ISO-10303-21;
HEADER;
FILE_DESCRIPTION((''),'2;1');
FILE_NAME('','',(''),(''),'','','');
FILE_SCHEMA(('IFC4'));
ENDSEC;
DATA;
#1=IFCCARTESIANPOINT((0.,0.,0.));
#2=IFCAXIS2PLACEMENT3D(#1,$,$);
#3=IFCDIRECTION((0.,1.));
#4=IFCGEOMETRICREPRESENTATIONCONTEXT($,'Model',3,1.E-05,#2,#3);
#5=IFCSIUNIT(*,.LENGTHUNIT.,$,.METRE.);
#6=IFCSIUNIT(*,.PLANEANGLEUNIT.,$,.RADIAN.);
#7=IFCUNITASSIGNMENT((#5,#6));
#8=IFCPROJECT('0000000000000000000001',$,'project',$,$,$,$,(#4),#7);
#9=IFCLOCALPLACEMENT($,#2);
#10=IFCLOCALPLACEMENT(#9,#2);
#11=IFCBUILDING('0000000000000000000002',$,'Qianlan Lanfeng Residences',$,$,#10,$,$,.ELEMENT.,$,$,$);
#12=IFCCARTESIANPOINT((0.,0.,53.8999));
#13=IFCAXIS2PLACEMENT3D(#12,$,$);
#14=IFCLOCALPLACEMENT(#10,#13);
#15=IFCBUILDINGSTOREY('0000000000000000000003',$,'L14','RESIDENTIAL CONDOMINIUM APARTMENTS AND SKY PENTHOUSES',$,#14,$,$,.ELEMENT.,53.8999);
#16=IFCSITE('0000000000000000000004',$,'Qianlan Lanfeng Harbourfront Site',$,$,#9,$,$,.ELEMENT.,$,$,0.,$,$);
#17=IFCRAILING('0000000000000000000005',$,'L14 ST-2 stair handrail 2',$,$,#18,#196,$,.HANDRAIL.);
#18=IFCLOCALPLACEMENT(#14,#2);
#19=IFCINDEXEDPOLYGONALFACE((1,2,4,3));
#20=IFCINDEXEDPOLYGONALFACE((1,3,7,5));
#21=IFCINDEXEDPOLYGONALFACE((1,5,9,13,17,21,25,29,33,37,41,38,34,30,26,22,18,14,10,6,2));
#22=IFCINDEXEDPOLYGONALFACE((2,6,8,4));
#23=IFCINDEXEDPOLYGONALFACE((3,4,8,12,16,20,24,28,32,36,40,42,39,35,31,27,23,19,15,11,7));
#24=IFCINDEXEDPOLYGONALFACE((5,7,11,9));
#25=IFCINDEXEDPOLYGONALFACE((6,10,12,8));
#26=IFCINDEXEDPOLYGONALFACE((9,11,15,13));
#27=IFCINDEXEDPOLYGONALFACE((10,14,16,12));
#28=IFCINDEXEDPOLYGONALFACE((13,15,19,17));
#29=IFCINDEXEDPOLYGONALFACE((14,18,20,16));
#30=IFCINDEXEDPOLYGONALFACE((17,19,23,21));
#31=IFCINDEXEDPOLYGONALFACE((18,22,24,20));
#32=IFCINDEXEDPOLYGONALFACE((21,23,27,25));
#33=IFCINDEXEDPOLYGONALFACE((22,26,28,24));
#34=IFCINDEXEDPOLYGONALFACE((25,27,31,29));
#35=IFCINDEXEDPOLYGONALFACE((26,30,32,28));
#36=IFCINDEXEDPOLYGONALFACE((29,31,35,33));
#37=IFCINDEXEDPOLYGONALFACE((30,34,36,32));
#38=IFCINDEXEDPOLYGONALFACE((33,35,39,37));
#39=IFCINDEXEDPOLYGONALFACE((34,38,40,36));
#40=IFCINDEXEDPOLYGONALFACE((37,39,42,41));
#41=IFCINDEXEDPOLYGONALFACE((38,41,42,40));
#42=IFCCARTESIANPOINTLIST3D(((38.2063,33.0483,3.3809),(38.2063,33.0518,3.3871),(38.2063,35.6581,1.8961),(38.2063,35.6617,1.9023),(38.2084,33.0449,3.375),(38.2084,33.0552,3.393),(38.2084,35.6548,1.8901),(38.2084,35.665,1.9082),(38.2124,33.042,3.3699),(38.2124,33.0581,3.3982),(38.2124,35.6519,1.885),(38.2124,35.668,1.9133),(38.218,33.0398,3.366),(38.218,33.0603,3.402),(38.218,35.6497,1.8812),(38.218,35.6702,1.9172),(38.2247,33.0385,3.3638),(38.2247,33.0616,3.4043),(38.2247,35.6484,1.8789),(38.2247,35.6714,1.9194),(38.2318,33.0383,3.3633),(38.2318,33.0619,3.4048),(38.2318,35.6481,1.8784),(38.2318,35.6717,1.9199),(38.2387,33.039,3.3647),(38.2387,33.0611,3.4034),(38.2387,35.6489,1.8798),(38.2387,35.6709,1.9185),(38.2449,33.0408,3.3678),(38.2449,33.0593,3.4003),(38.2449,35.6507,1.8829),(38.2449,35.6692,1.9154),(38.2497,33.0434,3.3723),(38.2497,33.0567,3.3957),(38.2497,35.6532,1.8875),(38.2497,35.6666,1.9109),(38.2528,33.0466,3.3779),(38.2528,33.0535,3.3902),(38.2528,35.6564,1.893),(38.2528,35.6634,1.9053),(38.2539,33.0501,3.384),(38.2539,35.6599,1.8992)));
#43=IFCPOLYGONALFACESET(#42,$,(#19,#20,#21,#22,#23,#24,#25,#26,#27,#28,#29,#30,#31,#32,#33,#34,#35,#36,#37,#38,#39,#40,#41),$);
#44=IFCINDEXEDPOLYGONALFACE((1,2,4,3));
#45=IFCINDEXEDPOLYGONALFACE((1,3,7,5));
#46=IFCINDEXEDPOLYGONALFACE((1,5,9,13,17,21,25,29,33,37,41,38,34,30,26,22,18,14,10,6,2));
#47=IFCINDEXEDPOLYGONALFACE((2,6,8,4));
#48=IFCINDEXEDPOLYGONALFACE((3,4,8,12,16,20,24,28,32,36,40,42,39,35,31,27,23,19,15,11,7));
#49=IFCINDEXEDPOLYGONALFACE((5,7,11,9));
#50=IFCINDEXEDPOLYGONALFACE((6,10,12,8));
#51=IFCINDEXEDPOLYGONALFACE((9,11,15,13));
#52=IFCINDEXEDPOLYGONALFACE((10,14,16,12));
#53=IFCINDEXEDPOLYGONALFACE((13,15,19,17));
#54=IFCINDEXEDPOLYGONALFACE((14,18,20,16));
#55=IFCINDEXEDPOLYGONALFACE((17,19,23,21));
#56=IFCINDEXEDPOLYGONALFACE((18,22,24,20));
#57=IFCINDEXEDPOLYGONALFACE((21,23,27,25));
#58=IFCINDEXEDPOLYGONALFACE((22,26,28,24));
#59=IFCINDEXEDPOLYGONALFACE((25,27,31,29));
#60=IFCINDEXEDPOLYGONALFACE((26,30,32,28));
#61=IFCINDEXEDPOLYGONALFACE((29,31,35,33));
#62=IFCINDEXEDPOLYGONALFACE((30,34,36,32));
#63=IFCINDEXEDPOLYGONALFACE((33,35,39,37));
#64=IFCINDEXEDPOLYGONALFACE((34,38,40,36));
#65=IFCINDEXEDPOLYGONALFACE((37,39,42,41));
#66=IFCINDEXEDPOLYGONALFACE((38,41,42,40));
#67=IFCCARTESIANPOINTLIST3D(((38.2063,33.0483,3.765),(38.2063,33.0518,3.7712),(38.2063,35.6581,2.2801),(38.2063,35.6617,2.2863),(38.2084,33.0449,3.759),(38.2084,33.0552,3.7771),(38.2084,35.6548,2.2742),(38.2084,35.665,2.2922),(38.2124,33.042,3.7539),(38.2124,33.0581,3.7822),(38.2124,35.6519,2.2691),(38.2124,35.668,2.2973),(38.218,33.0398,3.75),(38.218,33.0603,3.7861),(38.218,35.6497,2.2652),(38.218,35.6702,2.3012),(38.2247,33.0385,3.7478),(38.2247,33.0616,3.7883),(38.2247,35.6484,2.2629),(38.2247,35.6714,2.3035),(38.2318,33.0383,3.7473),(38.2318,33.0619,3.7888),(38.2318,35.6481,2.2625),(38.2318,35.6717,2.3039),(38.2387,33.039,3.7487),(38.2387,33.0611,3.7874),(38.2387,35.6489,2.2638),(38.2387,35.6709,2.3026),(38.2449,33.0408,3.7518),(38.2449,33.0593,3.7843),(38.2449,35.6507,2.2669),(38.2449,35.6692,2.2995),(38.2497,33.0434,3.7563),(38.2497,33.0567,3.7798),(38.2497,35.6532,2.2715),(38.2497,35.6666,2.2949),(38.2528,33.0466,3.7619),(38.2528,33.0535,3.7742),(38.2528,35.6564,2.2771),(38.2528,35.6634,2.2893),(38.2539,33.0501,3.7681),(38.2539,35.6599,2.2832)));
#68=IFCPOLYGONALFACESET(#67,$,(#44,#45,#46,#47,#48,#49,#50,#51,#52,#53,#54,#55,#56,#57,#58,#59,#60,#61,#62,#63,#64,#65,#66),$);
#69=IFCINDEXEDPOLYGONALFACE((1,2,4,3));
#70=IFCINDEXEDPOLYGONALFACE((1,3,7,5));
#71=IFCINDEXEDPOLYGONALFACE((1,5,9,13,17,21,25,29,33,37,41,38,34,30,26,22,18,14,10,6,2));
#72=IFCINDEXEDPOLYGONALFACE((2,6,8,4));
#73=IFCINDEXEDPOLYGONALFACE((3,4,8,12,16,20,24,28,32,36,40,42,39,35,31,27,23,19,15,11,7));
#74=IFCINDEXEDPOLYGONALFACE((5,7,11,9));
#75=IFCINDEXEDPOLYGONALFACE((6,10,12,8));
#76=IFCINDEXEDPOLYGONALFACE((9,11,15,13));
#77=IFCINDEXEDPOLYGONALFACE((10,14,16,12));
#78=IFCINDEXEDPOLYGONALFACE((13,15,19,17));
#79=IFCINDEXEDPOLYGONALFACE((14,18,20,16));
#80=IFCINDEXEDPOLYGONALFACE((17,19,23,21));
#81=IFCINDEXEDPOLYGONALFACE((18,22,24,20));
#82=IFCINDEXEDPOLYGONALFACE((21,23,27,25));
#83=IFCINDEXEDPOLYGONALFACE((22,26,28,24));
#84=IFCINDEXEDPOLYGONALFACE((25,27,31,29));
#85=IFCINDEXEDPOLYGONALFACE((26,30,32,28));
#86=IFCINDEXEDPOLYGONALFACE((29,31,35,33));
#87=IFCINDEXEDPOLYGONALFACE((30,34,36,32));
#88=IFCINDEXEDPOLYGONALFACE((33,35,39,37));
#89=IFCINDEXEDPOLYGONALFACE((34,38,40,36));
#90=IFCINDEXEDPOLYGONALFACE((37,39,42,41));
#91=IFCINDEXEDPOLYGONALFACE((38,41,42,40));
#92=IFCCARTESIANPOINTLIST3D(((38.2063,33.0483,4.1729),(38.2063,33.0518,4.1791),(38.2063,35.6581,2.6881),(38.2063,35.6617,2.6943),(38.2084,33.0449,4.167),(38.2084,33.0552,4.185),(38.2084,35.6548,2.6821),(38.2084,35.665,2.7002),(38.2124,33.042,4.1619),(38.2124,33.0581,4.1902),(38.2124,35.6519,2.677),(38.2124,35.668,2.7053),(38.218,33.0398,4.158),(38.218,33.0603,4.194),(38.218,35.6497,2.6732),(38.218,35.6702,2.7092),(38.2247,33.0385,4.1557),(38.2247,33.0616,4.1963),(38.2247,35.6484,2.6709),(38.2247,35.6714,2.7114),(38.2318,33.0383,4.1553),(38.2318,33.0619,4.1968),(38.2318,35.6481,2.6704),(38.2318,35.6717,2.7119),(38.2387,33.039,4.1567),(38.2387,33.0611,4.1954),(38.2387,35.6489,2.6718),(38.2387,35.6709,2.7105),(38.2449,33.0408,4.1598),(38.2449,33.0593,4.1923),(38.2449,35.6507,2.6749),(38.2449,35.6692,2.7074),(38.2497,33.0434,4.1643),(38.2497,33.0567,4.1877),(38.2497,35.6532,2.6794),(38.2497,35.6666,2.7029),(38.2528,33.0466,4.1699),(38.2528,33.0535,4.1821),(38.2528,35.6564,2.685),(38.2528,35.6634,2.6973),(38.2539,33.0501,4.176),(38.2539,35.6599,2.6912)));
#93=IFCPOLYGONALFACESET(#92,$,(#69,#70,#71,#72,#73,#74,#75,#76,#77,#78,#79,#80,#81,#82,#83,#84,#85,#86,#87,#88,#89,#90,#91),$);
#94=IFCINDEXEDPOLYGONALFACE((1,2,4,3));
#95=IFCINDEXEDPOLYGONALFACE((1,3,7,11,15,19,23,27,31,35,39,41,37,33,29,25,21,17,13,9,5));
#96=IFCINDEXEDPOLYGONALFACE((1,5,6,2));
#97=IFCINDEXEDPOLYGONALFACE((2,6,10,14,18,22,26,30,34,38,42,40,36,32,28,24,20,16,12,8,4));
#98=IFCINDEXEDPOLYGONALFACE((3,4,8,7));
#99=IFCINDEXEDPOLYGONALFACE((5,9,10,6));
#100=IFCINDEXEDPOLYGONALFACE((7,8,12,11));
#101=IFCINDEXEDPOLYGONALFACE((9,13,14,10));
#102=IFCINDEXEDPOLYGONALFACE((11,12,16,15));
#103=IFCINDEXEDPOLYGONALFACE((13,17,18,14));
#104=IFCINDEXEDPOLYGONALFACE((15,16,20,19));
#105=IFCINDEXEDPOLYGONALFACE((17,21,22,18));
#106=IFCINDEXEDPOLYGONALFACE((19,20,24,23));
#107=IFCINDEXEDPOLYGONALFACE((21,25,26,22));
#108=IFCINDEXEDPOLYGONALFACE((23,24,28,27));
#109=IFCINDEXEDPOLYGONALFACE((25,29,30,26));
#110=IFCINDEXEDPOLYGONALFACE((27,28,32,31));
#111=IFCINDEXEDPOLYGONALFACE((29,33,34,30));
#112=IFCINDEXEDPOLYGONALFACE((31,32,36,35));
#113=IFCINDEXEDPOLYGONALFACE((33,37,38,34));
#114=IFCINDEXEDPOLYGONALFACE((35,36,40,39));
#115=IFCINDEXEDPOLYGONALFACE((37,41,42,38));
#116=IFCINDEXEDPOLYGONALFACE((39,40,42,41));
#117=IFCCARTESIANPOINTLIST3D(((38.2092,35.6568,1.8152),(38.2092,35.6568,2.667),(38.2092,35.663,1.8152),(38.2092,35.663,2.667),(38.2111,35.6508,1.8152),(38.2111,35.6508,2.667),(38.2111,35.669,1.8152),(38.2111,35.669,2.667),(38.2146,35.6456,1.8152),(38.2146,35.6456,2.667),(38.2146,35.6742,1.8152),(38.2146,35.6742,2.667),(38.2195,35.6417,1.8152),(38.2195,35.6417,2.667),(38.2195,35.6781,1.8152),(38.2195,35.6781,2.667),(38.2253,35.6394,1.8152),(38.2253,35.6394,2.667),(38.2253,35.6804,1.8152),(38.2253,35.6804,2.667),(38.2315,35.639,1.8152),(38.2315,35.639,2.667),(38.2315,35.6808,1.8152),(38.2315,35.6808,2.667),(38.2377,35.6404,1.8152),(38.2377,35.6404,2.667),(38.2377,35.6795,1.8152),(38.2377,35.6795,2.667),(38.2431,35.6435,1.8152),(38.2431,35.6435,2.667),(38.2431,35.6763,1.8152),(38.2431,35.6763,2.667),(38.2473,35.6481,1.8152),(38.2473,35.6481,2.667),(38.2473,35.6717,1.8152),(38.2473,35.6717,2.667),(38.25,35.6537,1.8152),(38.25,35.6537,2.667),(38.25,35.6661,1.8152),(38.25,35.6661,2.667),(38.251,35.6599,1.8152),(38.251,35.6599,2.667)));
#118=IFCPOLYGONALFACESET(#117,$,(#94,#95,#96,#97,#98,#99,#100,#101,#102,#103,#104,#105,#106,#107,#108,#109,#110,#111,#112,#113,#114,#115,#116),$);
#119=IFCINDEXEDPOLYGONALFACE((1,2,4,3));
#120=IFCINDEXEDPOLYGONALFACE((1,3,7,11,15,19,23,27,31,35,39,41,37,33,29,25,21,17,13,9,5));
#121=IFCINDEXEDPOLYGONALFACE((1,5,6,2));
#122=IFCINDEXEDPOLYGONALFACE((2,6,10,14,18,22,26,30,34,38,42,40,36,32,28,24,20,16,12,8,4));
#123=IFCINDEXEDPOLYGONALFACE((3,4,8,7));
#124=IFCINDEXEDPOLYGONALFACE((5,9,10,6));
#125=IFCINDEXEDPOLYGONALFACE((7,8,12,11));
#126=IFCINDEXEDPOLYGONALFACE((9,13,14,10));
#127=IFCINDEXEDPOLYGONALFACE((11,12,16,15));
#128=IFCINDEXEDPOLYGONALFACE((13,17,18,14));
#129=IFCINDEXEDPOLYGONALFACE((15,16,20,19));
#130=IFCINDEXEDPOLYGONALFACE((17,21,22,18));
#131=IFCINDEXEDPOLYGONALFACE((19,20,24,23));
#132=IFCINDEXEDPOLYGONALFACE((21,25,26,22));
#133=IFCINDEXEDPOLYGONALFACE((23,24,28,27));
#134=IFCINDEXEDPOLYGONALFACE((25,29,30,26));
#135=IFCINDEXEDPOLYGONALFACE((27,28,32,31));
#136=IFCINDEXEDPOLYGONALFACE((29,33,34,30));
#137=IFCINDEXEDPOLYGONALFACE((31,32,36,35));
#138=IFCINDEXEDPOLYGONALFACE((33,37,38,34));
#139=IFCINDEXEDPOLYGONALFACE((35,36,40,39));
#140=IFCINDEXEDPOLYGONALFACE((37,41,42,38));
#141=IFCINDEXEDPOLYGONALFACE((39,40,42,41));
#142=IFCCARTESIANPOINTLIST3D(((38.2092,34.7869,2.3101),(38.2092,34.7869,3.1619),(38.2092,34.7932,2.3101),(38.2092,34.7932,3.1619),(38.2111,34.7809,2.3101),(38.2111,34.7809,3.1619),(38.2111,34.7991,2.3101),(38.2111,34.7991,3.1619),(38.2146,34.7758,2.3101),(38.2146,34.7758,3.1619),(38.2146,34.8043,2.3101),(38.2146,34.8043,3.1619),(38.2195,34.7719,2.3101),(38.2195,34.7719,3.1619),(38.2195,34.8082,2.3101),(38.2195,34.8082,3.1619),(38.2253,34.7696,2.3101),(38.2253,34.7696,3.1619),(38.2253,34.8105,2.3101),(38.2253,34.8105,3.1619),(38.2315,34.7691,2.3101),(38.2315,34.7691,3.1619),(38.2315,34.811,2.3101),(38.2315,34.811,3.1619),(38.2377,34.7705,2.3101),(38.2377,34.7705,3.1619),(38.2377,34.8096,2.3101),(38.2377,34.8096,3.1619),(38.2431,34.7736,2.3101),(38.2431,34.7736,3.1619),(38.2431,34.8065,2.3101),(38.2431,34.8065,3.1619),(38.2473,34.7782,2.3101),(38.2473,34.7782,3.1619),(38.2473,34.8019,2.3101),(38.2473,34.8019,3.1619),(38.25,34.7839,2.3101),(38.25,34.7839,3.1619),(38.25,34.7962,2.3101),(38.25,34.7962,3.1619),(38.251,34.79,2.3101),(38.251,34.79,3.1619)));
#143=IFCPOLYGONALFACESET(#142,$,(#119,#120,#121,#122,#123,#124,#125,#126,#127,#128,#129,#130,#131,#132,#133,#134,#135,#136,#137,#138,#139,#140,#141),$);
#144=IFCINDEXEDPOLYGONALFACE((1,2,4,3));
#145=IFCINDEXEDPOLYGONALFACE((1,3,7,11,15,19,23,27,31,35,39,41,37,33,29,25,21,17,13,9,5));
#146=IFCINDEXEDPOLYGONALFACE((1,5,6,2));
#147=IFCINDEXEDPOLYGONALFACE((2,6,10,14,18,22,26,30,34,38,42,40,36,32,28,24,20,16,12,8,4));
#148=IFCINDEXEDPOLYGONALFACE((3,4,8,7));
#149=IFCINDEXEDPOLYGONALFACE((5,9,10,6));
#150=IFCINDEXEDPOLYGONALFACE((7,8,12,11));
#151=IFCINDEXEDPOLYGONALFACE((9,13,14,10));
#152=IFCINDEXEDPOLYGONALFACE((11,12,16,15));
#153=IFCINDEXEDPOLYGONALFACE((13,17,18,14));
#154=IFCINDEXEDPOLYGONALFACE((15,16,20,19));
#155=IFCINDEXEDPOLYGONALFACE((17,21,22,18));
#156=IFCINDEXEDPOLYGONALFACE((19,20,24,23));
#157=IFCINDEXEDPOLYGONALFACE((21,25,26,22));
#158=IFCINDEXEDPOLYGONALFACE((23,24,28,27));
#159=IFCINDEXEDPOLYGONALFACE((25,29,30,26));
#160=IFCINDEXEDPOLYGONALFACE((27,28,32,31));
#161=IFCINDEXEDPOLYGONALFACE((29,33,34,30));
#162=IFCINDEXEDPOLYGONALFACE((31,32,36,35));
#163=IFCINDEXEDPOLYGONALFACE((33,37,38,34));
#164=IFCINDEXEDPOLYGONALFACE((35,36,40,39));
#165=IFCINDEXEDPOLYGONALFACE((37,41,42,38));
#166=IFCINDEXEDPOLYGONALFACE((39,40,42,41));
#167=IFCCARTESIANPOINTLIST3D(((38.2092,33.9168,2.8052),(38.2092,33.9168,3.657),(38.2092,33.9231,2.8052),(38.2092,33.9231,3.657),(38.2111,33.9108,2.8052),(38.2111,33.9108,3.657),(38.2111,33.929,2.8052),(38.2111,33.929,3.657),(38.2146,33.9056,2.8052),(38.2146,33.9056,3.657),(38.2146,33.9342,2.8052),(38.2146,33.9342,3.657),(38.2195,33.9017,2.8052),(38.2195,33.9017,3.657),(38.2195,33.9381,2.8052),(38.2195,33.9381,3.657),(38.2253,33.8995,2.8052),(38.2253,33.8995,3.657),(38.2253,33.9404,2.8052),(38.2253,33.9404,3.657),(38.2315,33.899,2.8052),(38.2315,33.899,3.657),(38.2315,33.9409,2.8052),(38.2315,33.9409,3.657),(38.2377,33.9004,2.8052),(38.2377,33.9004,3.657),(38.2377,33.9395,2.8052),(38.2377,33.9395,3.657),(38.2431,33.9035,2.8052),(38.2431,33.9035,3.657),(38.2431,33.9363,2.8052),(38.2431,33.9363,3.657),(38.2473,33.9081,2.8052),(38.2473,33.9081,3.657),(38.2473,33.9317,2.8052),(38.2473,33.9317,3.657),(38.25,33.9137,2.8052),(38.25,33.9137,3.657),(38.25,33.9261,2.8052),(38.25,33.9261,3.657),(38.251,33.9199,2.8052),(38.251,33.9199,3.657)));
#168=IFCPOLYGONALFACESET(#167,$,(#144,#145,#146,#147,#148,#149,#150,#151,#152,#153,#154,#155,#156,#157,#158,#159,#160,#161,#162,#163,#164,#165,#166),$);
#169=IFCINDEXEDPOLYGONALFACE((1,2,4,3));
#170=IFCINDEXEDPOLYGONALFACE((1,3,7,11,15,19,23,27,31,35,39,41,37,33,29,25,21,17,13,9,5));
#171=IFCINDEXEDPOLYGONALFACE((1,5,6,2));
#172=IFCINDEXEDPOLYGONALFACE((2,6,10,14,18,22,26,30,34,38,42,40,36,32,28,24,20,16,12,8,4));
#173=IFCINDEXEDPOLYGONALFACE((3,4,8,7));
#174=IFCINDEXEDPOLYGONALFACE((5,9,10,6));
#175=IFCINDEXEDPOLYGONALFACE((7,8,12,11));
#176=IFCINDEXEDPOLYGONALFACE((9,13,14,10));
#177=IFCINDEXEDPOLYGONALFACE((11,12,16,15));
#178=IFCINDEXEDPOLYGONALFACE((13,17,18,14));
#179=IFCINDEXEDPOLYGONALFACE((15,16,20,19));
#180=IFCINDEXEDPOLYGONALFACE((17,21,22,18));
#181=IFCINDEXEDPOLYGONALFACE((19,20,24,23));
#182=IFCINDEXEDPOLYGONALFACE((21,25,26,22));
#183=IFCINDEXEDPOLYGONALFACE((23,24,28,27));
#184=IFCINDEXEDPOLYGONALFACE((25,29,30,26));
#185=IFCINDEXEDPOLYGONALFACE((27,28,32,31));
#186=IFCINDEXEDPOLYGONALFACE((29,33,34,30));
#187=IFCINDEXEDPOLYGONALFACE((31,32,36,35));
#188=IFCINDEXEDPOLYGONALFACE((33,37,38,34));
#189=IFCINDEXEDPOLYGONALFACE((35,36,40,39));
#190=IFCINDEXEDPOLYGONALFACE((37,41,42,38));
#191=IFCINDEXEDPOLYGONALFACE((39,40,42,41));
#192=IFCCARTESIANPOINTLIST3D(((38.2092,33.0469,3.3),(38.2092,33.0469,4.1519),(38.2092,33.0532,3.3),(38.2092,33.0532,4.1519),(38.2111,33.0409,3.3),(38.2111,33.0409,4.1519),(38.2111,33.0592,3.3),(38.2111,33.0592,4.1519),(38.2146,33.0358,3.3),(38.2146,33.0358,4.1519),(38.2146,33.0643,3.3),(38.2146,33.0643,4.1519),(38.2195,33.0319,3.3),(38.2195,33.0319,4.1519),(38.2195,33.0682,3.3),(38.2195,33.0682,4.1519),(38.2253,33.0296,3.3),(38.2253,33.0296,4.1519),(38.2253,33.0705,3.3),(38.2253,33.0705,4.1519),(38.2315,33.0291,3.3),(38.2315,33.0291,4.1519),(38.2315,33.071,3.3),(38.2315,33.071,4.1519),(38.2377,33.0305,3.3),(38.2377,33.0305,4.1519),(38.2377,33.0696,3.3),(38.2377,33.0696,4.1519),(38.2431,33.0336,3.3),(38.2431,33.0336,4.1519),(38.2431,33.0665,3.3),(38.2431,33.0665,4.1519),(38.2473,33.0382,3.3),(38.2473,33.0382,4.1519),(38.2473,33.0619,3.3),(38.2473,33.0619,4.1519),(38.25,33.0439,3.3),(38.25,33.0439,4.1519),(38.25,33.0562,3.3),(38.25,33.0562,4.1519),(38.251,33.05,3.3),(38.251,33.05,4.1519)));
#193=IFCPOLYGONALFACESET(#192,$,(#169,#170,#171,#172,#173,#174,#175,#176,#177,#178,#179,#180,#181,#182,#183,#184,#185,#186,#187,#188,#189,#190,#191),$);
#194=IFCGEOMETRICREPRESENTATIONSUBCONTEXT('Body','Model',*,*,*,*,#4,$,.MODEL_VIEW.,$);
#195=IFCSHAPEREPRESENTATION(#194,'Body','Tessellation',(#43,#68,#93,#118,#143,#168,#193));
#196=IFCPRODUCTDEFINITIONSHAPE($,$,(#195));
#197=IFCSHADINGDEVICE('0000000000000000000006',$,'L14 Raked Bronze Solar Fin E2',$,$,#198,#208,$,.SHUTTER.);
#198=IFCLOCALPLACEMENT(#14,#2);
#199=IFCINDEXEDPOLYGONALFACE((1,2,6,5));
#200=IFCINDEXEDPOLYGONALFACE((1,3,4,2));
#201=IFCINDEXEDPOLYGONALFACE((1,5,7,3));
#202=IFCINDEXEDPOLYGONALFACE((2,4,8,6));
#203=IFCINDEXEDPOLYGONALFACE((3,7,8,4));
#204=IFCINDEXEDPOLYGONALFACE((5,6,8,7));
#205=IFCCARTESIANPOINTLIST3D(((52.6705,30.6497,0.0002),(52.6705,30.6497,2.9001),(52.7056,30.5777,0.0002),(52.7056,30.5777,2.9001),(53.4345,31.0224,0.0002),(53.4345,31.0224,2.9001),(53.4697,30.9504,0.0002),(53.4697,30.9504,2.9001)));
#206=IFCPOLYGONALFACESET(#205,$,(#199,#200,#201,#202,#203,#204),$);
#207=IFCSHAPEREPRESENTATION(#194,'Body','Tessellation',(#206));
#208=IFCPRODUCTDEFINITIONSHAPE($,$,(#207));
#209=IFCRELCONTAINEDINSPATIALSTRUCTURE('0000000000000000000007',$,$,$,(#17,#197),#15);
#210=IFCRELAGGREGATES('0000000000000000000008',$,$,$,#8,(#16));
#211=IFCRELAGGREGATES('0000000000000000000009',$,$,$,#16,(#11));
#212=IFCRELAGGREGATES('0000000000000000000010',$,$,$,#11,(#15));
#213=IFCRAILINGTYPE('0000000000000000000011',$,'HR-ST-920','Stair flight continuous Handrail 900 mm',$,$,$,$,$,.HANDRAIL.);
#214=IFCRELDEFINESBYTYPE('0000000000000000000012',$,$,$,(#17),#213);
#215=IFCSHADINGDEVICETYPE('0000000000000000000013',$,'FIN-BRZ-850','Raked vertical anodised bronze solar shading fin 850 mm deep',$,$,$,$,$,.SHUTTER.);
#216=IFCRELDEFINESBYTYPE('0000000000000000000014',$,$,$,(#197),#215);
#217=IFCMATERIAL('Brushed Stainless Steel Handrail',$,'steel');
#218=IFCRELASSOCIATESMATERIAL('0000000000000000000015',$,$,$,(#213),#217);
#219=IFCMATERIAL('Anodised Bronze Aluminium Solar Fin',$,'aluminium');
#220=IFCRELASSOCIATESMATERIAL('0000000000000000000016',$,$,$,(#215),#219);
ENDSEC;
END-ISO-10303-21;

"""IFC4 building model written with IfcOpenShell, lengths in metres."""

from ifc_helpers import new_model, si_unit, direction, frame, origin, origin_2d, place, context, subcontext, project, spatial, rectangle, circle, extrude, source, transform, mapped, material, type_object, element, save


model = new_model("IFC4")

# Units and contexts
model_context = context("Model", 3, precision=1e-05, world=origin(), true_north=direction((0.0, 1.0)))
body_context = subcontext(model_context, "Body", "Model", "MODEL_VIEW")
ifc_project = project(units=[si_unit("LENGTHUNIT", "METRE"), si_unit("PLANEANGLEUNIT", "RADIAN")], contexts=[model_context])

# Site, building, storey
site_placement = place(None, origin())
site = spatial("IfcSite", under=ifc_project, at=site_placement, Name="Qianlan Lanfeng Harbourfront Site", CompositionType="ELEMENT", RefElevation=0.0)
building_placement = place(site_placement, origin())
building = spatial("IfcBuilding", under=site, at=building_placement, Name="Qianlan Lanfeng Residences", CompositionType="ELEMENT")
storey_placement = place(building_placement, frame((0.0, 0.0, 53.8999)))
storey = spatial("IfcBuildingStorey", under=building, at=storey_placement, Name="L14", Description="RESIDENTIAL CONDOMINIUM APARTMENTS AND SKY PENTHOUSES", CompositionType="ELEMENT", Elevation=53.8999)

# Railing
ifc_material_1 = material(Name="Brushed Stainless Steel Handrail", Category="steel")
railing_type_1 = type_object("IfcRailingType", Name="HR-ST-920", Description="Stair flight continuous Handrail 900 mm", PredefinedType="HANDRAIL", material=ifc_material_1)
railing_1_placement = place(storey_placement, frame((38.23, 35.6599, 1.8152)))
element("IfcRailing", 1, at=railing_1_placement, inside=storey, type_object=railing_type_1, Name="L14 ST-2 stair handrail 2", PredefinedType="HANDRAIL", context=body_context, shape_type="SweptSolid", body=[
    extrude(circle(Radius=0.0239, at=origin_2d()), frame((0.0, 0.0, 0.084), z_axis=(0.0, -0.869172, 0.494509), x_axis=(1.0, 0.0, 0.0)), (0.0, 0.0, 1.0), 3.0027),
    extrude(circle(Radius=0.0239, at=origin_2d()), frame((0.0, 0.0, 0.468), z_axis=(0.0, -0.869172, 0.494509), x_axis=(1.0, 0.0, 0.0)), (0.0, 0.0, 1.0), 3.0027),
    extrude(circle(Radius=0.0239, at=origin_2d()), frame((0.0, 0.0, 0.876), z_axis=(0.0, -0.869172, 0.494509), x_axis=(1.0, 0.0, 0.0)), (0.0, 0.0, 1.0), 3.0027),
    extrude(circle(Radius=0.021, at=origin_2d()), origin(), (0.0, 0.0, 1.0), 0.8518),
    extrude(circle(Radius=0.021, at=origin_2d()), frame((0.0, -0.8699, 0.4949)), (0.0, 0.0, 1.0), 0.8518),
    extrude(circle(Radius=0.021, at=origin_2d()), frame((0.0, -1.74, 0.99)), (0.0, 0.0, 1.0), 0.8518),
    extrude(circle(Radius=0.021, at=origin_2d()), frame((0.0, -2.6099, 1.4849)), (0.0, 0.0, 1.0), 0.8518),
])

# Shading device
ifc_material_2 = material(Name="Anodised Bronze Aluminium Solar Fin", Category="aluminium")
shading_device_type = type_object("IfcShadingDeviceType", Name="FIN-BRZ-850", Description="Raked vertical anodised bronze solar shading fin 850 mm deep", PredefinedType="SHUTTER", material=ifc_material_2)
shared_shape_1 = source(origin(), body_context, "Body", "SweptSolid", [
    extrude(rectangle(XDim=0.8501, YDim=0.0801, at=origin_2d()), origin(), (0.0, 0.0, 1.0), 2.8999),
])
shading_device_placement = place(storey_placement, frame((53.0701, 30.8, 0.0002), z_axis=(0.0, 0.0, 1.0), x_axis=(0.898794, 0.438371, 0.0)))
element("IfcShadingDevice", 2, at=shading_device_placement, inside=storey, type_object=shading_device_type, Name="L14 Raked Bronze Solar Fin E2", PredefinedType="SHUTTER", context=body_context, shape_type="MappedRepresentation", body=[
    mapped(shared_shape_1, transform((0.0, 0.0, 0.0), scale=1.0)),
])

save(model, "model.ifc")
